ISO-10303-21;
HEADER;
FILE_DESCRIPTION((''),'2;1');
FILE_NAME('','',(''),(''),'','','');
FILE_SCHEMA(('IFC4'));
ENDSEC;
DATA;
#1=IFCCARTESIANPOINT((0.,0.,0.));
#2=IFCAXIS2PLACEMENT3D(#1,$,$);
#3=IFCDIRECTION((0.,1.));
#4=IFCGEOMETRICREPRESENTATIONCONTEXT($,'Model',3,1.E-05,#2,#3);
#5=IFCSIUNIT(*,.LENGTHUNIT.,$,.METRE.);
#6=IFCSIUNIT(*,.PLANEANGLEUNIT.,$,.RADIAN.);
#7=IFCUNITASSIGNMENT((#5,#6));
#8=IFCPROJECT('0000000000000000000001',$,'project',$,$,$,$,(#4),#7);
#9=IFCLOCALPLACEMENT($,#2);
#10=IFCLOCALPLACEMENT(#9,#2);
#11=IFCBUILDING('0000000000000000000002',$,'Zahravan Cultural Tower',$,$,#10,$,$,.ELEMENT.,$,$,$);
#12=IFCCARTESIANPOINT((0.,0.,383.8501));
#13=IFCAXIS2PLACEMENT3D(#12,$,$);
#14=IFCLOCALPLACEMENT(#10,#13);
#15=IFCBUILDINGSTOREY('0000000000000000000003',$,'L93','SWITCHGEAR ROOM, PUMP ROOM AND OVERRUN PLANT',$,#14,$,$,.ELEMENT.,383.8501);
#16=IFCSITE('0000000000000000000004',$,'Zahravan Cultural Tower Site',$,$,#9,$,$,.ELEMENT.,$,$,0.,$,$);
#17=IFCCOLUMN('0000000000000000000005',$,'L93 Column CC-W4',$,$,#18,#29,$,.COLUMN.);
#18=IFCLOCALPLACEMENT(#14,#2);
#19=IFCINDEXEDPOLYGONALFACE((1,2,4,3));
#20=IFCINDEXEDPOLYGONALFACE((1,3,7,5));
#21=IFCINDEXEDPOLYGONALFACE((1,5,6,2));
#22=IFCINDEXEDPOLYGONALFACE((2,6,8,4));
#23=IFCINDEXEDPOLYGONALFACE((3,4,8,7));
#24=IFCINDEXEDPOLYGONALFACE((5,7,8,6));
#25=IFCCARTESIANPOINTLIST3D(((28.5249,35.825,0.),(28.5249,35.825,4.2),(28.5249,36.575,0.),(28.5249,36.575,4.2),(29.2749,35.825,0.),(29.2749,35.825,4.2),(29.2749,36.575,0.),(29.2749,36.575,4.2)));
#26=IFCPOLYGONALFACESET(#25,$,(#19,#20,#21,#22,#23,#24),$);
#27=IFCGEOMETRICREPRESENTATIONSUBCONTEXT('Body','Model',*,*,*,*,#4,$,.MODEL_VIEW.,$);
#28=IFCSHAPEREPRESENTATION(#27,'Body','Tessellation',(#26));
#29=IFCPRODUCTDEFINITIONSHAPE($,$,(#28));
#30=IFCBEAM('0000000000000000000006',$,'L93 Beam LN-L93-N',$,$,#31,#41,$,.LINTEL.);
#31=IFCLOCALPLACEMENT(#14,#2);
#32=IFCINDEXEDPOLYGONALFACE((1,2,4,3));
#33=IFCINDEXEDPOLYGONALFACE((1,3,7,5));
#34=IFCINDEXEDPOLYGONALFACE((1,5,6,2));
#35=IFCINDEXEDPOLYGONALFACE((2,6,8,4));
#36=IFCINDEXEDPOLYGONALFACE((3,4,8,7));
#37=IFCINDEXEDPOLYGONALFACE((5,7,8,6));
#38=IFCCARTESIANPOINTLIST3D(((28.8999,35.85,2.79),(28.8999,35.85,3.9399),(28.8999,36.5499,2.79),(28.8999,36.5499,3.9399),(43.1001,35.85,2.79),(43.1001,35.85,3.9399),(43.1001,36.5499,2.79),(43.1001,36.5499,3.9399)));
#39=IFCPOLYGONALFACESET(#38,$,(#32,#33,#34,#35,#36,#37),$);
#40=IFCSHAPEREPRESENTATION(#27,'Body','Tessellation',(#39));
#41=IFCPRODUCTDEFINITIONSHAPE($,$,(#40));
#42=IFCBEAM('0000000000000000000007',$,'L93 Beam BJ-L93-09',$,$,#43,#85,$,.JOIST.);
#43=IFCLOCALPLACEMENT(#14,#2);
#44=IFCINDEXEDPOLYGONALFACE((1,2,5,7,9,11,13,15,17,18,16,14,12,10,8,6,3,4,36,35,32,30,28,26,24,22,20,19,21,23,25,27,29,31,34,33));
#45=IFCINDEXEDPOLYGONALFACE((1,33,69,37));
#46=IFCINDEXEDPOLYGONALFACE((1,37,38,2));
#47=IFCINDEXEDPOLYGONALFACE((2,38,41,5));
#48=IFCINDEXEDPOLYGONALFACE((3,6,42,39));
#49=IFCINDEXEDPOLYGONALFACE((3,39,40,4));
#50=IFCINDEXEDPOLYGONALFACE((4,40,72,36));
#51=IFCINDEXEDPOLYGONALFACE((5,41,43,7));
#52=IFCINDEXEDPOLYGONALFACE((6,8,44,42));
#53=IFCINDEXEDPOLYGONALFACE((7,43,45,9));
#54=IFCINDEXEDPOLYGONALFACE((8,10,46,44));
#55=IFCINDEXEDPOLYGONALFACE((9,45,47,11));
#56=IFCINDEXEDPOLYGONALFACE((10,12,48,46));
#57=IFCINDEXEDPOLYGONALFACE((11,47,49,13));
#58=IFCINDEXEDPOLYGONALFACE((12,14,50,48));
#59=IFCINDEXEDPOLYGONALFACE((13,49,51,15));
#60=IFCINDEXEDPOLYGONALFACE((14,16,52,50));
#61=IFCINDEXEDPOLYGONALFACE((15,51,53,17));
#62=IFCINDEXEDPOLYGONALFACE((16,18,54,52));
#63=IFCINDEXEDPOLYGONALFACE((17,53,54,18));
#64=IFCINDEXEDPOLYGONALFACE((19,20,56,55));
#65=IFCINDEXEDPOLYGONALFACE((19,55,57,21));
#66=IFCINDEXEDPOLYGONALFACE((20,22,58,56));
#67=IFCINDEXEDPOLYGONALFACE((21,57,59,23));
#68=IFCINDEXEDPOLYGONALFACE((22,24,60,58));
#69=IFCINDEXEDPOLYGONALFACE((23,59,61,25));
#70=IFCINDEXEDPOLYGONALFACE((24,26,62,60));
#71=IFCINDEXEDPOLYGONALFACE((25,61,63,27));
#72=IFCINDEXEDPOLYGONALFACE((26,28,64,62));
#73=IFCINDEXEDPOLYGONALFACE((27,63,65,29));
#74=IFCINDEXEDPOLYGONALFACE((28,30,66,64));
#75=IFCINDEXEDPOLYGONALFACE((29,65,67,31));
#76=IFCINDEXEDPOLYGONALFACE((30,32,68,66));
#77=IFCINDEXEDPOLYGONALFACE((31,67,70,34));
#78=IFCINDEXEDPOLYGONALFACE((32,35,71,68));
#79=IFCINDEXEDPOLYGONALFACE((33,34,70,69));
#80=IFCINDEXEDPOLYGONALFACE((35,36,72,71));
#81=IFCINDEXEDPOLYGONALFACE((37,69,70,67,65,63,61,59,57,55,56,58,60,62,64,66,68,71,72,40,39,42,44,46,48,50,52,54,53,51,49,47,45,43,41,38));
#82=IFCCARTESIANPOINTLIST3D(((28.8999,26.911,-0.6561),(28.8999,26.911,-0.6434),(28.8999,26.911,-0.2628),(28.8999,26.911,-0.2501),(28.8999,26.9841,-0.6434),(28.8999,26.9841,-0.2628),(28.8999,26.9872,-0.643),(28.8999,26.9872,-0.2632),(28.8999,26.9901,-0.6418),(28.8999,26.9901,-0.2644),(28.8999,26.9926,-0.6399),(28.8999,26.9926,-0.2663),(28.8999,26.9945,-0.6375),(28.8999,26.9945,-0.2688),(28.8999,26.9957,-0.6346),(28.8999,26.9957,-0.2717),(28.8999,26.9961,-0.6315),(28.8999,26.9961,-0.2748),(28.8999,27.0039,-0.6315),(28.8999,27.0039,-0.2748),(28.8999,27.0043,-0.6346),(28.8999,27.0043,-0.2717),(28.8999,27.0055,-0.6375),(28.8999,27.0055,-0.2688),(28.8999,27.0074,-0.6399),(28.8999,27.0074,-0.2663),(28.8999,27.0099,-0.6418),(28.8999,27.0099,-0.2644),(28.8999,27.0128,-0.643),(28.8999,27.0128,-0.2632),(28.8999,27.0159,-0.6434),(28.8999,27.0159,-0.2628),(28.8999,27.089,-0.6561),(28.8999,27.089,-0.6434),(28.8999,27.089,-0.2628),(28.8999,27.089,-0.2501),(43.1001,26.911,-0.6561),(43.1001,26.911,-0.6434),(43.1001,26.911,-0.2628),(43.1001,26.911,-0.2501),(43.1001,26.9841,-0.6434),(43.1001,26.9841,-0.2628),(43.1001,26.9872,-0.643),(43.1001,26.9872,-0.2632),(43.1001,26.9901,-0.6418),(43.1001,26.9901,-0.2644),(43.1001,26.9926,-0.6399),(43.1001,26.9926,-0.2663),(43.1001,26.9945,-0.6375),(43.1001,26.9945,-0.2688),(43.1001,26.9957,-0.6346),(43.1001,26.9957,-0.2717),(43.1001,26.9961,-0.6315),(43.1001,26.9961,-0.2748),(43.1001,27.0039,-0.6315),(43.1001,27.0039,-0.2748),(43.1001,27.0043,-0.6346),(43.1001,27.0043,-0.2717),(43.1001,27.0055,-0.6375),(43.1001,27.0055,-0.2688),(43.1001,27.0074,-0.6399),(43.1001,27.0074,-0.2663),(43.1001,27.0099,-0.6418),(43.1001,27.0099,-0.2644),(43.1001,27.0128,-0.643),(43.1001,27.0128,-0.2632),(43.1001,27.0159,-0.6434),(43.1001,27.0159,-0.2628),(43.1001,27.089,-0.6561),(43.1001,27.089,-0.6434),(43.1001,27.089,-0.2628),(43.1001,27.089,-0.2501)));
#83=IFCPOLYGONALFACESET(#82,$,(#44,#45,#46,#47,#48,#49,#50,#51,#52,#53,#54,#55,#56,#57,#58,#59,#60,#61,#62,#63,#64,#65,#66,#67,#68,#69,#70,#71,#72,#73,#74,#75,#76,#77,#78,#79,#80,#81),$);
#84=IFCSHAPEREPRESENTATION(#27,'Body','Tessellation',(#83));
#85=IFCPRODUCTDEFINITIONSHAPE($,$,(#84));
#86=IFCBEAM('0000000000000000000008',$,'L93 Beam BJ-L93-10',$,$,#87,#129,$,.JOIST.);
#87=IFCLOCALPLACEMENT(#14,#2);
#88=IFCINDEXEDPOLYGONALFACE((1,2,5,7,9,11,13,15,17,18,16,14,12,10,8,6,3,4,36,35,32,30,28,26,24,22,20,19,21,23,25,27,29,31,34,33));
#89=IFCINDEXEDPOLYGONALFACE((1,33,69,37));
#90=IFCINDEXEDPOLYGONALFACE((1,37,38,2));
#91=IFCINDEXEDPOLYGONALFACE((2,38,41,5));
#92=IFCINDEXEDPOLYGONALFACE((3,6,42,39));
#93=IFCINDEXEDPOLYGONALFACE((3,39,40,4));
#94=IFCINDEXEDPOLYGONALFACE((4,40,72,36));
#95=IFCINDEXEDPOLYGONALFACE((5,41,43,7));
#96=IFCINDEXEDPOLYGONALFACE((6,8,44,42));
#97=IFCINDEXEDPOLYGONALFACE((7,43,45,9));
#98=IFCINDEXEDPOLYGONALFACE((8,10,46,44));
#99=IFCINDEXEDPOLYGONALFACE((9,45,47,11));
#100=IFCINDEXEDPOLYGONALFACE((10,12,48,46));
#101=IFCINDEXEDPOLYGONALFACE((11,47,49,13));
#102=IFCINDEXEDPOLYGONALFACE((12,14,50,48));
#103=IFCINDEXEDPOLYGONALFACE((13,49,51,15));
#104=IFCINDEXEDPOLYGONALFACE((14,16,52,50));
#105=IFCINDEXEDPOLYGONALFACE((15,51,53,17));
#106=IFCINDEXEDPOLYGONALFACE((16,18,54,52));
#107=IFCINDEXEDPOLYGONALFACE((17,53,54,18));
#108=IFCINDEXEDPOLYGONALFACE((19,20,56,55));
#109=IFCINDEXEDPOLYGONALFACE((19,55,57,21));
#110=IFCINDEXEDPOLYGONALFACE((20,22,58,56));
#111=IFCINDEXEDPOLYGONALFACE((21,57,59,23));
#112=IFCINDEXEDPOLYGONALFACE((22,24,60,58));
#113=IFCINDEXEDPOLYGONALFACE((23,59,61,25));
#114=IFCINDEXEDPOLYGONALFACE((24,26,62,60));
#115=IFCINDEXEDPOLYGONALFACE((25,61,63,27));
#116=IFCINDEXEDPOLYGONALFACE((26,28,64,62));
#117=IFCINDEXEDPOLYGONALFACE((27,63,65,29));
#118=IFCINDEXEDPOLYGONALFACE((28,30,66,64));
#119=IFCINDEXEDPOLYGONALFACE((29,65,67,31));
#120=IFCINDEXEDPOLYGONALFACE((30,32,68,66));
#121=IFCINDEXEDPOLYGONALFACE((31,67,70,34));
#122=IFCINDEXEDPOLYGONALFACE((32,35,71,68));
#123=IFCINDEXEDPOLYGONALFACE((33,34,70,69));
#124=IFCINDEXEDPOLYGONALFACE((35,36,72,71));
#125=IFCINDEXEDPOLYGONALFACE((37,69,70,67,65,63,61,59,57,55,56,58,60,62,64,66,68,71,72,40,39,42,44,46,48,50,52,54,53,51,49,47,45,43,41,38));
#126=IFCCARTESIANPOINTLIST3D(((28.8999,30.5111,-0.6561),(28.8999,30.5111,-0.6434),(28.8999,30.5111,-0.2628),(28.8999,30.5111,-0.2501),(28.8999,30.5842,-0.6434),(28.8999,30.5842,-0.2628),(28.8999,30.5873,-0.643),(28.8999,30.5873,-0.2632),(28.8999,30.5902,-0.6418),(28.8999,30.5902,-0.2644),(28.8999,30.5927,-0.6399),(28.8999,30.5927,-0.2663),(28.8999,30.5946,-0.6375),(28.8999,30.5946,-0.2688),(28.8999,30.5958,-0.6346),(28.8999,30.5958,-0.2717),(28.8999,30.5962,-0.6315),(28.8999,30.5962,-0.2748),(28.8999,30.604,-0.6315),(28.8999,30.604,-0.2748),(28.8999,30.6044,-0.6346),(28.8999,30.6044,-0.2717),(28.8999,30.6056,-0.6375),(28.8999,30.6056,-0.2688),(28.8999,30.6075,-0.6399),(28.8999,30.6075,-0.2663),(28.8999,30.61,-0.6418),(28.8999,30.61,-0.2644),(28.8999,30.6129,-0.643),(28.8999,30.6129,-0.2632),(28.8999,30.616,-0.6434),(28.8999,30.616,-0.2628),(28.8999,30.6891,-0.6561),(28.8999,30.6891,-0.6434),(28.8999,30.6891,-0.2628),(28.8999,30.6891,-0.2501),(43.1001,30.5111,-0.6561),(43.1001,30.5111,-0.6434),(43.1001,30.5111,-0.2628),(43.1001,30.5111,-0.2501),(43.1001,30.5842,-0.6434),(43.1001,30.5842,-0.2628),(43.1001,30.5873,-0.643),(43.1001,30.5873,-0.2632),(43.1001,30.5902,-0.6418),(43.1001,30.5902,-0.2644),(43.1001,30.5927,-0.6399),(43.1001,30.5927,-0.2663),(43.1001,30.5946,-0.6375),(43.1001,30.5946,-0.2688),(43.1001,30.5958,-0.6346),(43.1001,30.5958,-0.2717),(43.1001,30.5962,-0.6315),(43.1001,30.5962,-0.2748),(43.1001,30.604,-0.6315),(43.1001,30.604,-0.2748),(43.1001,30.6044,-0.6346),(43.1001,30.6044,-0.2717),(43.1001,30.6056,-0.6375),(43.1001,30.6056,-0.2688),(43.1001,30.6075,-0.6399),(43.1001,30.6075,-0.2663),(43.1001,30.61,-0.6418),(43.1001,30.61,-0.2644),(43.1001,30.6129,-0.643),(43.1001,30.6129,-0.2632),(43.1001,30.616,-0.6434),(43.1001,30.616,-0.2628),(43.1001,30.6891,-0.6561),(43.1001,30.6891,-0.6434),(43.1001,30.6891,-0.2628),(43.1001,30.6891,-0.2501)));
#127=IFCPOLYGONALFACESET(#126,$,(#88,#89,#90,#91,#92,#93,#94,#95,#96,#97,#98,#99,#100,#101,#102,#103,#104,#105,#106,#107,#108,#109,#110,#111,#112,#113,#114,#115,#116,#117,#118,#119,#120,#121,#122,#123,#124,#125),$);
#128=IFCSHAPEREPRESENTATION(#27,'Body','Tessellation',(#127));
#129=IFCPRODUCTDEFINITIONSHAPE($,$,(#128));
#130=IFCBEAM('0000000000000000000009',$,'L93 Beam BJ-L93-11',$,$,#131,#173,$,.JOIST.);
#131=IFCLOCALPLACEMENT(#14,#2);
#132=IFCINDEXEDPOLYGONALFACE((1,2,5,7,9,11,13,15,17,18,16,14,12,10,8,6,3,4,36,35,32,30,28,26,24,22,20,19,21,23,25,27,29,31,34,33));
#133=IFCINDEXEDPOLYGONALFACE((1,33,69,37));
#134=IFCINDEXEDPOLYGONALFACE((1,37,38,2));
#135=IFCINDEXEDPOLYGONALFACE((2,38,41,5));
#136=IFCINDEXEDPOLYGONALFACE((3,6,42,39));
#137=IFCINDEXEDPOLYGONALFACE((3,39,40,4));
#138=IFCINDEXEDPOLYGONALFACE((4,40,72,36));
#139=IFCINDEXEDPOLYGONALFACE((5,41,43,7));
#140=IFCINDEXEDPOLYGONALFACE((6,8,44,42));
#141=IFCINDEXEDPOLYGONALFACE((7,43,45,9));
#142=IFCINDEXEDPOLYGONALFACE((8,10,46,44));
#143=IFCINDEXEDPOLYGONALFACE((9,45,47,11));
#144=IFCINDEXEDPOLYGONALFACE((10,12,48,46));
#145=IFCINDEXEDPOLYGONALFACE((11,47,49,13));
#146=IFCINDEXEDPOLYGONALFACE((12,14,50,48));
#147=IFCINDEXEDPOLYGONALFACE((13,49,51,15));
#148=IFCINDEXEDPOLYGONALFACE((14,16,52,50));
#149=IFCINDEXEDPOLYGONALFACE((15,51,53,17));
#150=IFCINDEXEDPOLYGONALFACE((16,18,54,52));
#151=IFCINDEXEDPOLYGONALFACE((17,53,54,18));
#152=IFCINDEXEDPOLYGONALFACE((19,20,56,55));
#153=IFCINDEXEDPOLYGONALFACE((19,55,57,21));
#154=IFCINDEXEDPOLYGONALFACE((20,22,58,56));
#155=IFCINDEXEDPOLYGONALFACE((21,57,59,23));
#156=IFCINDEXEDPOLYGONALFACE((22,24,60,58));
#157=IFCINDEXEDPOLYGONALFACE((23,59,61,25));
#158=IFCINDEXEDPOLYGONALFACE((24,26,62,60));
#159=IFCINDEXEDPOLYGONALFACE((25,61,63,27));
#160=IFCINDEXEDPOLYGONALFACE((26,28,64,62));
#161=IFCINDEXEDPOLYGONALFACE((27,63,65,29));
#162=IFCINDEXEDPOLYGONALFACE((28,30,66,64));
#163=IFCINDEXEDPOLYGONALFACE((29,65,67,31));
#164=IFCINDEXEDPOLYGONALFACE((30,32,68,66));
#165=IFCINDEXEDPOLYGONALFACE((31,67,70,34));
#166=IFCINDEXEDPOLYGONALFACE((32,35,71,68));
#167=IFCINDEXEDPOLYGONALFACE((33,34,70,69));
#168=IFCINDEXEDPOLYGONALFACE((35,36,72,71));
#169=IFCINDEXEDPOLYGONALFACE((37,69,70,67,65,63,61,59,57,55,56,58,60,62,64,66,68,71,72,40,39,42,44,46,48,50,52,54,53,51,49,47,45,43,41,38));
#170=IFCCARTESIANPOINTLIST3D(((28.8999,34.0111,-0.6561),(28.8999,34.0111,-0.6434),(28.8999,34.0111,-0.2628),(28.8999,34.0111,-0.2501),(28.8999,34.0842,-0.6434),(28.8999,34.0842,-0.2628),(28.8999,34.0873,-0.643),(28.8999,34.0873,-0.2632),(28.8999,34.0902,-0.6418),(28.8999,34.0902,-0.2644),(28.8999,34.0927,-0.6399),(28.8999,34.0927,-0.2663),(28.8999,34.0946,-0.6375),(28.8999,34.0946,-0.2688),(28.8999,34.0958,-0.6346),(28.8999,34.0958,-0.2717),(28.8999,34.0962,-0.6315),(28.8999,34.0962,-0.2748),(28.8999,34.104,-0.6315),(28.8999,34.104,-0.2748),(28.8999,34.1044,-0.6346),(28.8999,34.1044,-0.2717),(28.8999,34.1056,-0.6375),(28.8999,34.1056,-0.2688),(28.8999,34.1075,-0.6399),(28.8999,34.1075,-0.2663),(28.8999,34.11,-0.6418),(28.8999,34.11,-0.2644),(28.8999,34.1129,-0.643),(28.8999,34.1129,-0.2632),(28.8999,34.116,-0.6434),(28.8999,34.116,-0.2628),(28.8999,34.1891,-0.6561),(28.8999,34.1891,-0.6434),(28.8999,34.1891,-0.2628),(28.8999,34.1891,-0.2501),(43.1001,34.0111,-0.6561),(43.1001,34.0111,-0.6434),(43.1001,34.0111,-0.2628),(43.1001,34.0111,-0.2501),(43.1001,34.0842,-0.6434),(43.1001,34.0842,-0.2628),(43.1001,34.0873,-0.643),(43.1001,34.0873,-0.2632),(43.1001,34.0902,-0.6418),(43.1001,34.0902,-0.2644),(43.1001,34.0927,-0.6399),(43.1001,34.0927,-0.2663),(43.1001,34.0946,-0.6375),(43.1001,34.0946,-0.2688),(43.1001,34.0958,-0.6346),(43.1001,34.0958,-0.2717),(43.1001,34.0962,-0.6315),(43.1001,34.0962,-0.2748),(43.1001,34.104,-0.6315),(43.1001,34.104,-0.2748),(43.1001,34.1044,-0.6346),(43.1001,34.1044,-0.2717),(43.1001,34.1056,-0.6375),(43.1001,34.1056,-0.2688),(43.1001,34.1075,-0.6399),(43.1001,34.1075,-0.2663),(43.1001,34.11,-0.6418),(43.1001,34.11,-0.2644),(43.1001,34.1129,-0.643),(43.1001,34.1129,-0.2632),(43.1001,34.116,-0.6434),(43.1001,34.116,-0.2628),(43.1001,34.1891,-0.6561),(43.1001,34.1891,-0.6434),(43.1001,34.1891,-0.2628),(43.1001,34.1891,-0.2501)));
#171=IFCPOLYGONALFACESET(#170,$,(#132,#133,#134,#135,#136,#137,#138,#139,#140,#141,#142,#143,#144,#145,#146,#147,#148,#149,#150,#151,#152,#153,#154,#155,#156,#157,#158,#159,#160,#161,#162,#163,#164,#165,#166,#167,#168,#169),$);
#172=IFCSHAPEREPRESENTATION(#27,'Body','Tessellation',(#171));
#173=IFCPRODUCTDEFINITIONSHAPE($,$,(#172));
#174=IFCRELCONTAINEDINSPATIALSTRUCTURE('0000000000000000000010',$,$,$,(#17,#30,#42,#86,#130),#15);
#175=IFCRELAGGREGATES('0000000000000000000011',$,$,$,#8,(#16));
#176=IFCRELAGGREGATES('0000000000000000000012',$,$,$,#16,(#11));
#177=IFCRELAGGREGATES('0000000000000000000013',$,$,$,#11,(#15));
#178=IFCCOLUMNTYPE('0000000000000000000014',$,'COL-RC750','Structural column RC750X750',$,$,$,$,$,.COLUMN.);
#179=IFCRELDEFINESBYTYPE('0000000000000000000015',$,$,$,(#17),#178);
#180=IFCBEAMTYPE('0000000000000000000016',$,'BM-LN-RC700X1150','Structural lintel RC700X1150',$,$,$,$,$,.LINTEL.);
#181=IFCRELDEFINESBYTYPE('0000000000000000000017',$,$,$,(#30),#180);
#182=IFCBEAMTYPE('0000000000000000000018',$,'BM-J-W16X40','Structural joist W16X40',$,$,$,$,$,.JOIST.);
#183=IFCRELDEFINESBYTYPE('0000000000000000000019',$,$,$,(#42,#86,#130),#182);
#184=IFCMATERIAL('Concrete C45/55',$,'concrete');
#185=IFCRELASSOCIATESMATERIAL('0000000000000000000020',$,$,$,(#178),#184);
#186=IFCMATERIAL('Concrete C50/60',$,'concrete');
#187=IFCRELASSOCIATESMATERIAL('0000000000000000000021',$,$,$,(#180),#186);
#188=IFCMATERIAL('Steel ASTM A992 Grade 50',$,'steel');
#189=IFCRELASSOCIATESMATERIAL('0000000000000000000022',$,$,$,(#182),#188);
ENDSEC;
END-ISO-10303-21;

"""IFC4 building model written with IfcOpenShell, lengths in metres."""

from ifc_helpers import new_model, si_unit, direction, frame, origin, origin_2d, place, context, subcontext, project, spatial, rectangle, i_section, extrude, source, transform, mapped, material, material_profile, profile_set, type_object, element, save


model = new_model("IFC4")

# Units and contexts
model_context = context("Model", 3, precision=1e-05, world=origin(), true_north=direction((0.0, 1.0)))
body_context = subcontext(model_context, "Body", "Model", "MODEL_VIEW")
ifc_project = project(units=[si_unit("LENGTHUNIT", "METRE"), si_unit("PLANEANGLEUNIT", "RADIAN")], contexts=[model_context])

# Site, building, storey
site_placement = place(None, origin())
site = spatial("IfcSite", under=ifc_project, at=site_placement, Name="Zahravan Cultural Tower Site", CompositionType="ELEMENT", RefElevation=0.0)
building_placement = place(site_placement, origin())
building = spatial("IfcBuilding", under=site, at=building_placement, Name="Zahravan Cultural Tower", CompositionType="ELEMENT")
storey_placement = place(building_placement, frame((0.0, 0.0, 383.8501)))
storey = spatial("IfcBuildingStorey", under=building, at=storey_placement, Name="L93", Description="SWITCHGEAR ROOM, PUMP ROOM AND OVERRUN PLANT", CompositionType="ELEMENT", Elevation=383.8501)

# Column
ifc_material_1 = material(Name="Concrete C45/55", Category="concrete")
ifc_material_profile_1 = material_profile(ifc_material_1, rectangle(XDim=0.75, YDim=0.75, at=origin_2d()), Name="RC750X750")
ifc_profile_set_1 = profile_set([ifc_material_profile_1], Name="Concrete C45/55")
column_type = type_object("IfcColumnType", Name="COL-RC750", Description="Structural column RC750X750", PredefinedType="COLUMN", material=ifc_profile_set_1)
shared_shape_1 = source(origin(), body_context, "Body", "SweptSolid", [
    extrude(rectangle(XDim=0.75, YDim=0.75, at=origin_2d()), origin(), (0.0, 0.0, 1.0), 4.2),
])
column_placement = place(storey_placement, frame((28.8999, 36.2, 0.0), z_axis=(0.0, 0.0, 1.0), x_axis=(1.0, 0.0, 0.0)))
element("IfcColumn", 1, at=column_placement, inside=storey, type_object=column_type, Name="L93 Column CC-W4", PredefinedType="COLUMN", context=body_context, shape_type="MappedRepresentation", body=[
    mapped(shared_shape_1, transform((0.0, 0.0, 0.0), x_axis=(1.0, 0.0, 0.0), y_axis=(0.0, 1.0, 0.0), z_axis=(0.0, 0.0, 1.0), scale=1.0)),
])

# Beams
ifc_material_2 = material(Name="Concrete C50/60", Category="concrete")
ifc_material_profile_2 = material_profile(ifc_material_2, rectangle(XDim=0.7, YDim=1.1499, at=origin_2d()), Name="RC700X1150")
ifc_profile_set_2 = profile_set([ifc_material_profile_2], Name="Concrete C50/60")
beam_type_1 = type_object("IfcBeamType", Name="BM-LN-RC700X1150", Description="Structural lintel RC700X1150", PredefinedType="LINTEL", material=ifc_profile_set_2)
shared_shape_2 = source(origin(), body_context, "Body", "SweptSolid", [
    extrude(rectangle(XDim=0.7, YDim=1.1499, at=origin_2d()), origin(), (0.0, 0.0, 1.0), 14.2002),
])
beam_placement = place(storey_placement, frame((28.8999, 36.2, 3.365), z_axis=(1.0, 0.0, 0.0), x_axis=(0.0, 1.0, 0.0)))
element("IfcBeam", 2, at=beam_placement, inside=storey, type_object=beam_type_1, Name="L93 Beam LN-L93-N", PredefinedType="LINTEL", context=body_context, shape_type="MappedRepresentation", body=[
    mapped(shared_shape_2, transform((0.0, 0.0, 0.0), x_axis=(1.0, 0.0, 0.0), y_axis=(0.0, 1.0, 0.0), z_axis=(0.0, 0.0, 1.0), scale=1.0)),
])
ifc_material_3 = material(Name="Steel ASTM A992 Grade 50", Category="steel")
ifc_material_profile_3 = material_profile(ifc_material_3, i_section(OverallWidth=0.178, OverallDepth=0.406, WebThickness=0.0078, FlangeThickness=0.0127, FilletRadius=0.012, at=origin_2d()), Name="W16X40")
ifc_profile_set_3 = profile_set([ifc_material_profile_3], Name="Steel ASTM A992 Grade 50")
beam_type_2 = type_object("IfcBeamType", Name="BM-J-W16X40", Description="Structural joist W16X40", PredefinedType="JOIST", material=ifc_profile_set_3)
shared_shape_3 = source(origin(), body_context, "Body", "SweptSolid", [
    extrude(i_section(OverallWidth=0.178, OverallDepth=0.406, WebThickness=0.0078, FlangeThickness=0.0127, FilletRadius=0.012, at=origin_2d()), origin(), (0.0, 0.0, 1.0), 14.2002),
])
for number, where, z_axis, x_axis, name in (
    (3, (28.8999, 27.0, -0.4531), (1.0, 0.0, 0.0), (0.0, 1.0, 0.0), "L93 Beam BJ-L93-09"),
    (4, (28.8999, 30.6001, -0.4531), (1.0, 0.0, 0.0), (0.0, 1.0, 0.0), "L93 Beam BJ-L93-10"),
    (5, (28.8999, 34.1001, -0.4531), (1.0, 0.0, 0.0), (0.0, 1.0, 0.0), "L93 Beam BJ-L93-11"),
):
    element("IfcBeam", number, at=place(storey_placement, frame(where, z_axis=z_axis, x_axis=x_axis)), inside=storey, type_object=beam_type_2, Name=name, PredefinedType="JOIST", context=body_context, shape_type="MappedRepresentation", body=[
        mapped(shared_shape_3, transform((0.0, 0.0, 0.0), x_axis=(1.0, 0.0, 0.0), y_axis=(0.0, 1.0, 0.0), z_axis=(0.0, 0.0, 1.0), scale=1.0)),
    ])

save(model, "model.ifc")
